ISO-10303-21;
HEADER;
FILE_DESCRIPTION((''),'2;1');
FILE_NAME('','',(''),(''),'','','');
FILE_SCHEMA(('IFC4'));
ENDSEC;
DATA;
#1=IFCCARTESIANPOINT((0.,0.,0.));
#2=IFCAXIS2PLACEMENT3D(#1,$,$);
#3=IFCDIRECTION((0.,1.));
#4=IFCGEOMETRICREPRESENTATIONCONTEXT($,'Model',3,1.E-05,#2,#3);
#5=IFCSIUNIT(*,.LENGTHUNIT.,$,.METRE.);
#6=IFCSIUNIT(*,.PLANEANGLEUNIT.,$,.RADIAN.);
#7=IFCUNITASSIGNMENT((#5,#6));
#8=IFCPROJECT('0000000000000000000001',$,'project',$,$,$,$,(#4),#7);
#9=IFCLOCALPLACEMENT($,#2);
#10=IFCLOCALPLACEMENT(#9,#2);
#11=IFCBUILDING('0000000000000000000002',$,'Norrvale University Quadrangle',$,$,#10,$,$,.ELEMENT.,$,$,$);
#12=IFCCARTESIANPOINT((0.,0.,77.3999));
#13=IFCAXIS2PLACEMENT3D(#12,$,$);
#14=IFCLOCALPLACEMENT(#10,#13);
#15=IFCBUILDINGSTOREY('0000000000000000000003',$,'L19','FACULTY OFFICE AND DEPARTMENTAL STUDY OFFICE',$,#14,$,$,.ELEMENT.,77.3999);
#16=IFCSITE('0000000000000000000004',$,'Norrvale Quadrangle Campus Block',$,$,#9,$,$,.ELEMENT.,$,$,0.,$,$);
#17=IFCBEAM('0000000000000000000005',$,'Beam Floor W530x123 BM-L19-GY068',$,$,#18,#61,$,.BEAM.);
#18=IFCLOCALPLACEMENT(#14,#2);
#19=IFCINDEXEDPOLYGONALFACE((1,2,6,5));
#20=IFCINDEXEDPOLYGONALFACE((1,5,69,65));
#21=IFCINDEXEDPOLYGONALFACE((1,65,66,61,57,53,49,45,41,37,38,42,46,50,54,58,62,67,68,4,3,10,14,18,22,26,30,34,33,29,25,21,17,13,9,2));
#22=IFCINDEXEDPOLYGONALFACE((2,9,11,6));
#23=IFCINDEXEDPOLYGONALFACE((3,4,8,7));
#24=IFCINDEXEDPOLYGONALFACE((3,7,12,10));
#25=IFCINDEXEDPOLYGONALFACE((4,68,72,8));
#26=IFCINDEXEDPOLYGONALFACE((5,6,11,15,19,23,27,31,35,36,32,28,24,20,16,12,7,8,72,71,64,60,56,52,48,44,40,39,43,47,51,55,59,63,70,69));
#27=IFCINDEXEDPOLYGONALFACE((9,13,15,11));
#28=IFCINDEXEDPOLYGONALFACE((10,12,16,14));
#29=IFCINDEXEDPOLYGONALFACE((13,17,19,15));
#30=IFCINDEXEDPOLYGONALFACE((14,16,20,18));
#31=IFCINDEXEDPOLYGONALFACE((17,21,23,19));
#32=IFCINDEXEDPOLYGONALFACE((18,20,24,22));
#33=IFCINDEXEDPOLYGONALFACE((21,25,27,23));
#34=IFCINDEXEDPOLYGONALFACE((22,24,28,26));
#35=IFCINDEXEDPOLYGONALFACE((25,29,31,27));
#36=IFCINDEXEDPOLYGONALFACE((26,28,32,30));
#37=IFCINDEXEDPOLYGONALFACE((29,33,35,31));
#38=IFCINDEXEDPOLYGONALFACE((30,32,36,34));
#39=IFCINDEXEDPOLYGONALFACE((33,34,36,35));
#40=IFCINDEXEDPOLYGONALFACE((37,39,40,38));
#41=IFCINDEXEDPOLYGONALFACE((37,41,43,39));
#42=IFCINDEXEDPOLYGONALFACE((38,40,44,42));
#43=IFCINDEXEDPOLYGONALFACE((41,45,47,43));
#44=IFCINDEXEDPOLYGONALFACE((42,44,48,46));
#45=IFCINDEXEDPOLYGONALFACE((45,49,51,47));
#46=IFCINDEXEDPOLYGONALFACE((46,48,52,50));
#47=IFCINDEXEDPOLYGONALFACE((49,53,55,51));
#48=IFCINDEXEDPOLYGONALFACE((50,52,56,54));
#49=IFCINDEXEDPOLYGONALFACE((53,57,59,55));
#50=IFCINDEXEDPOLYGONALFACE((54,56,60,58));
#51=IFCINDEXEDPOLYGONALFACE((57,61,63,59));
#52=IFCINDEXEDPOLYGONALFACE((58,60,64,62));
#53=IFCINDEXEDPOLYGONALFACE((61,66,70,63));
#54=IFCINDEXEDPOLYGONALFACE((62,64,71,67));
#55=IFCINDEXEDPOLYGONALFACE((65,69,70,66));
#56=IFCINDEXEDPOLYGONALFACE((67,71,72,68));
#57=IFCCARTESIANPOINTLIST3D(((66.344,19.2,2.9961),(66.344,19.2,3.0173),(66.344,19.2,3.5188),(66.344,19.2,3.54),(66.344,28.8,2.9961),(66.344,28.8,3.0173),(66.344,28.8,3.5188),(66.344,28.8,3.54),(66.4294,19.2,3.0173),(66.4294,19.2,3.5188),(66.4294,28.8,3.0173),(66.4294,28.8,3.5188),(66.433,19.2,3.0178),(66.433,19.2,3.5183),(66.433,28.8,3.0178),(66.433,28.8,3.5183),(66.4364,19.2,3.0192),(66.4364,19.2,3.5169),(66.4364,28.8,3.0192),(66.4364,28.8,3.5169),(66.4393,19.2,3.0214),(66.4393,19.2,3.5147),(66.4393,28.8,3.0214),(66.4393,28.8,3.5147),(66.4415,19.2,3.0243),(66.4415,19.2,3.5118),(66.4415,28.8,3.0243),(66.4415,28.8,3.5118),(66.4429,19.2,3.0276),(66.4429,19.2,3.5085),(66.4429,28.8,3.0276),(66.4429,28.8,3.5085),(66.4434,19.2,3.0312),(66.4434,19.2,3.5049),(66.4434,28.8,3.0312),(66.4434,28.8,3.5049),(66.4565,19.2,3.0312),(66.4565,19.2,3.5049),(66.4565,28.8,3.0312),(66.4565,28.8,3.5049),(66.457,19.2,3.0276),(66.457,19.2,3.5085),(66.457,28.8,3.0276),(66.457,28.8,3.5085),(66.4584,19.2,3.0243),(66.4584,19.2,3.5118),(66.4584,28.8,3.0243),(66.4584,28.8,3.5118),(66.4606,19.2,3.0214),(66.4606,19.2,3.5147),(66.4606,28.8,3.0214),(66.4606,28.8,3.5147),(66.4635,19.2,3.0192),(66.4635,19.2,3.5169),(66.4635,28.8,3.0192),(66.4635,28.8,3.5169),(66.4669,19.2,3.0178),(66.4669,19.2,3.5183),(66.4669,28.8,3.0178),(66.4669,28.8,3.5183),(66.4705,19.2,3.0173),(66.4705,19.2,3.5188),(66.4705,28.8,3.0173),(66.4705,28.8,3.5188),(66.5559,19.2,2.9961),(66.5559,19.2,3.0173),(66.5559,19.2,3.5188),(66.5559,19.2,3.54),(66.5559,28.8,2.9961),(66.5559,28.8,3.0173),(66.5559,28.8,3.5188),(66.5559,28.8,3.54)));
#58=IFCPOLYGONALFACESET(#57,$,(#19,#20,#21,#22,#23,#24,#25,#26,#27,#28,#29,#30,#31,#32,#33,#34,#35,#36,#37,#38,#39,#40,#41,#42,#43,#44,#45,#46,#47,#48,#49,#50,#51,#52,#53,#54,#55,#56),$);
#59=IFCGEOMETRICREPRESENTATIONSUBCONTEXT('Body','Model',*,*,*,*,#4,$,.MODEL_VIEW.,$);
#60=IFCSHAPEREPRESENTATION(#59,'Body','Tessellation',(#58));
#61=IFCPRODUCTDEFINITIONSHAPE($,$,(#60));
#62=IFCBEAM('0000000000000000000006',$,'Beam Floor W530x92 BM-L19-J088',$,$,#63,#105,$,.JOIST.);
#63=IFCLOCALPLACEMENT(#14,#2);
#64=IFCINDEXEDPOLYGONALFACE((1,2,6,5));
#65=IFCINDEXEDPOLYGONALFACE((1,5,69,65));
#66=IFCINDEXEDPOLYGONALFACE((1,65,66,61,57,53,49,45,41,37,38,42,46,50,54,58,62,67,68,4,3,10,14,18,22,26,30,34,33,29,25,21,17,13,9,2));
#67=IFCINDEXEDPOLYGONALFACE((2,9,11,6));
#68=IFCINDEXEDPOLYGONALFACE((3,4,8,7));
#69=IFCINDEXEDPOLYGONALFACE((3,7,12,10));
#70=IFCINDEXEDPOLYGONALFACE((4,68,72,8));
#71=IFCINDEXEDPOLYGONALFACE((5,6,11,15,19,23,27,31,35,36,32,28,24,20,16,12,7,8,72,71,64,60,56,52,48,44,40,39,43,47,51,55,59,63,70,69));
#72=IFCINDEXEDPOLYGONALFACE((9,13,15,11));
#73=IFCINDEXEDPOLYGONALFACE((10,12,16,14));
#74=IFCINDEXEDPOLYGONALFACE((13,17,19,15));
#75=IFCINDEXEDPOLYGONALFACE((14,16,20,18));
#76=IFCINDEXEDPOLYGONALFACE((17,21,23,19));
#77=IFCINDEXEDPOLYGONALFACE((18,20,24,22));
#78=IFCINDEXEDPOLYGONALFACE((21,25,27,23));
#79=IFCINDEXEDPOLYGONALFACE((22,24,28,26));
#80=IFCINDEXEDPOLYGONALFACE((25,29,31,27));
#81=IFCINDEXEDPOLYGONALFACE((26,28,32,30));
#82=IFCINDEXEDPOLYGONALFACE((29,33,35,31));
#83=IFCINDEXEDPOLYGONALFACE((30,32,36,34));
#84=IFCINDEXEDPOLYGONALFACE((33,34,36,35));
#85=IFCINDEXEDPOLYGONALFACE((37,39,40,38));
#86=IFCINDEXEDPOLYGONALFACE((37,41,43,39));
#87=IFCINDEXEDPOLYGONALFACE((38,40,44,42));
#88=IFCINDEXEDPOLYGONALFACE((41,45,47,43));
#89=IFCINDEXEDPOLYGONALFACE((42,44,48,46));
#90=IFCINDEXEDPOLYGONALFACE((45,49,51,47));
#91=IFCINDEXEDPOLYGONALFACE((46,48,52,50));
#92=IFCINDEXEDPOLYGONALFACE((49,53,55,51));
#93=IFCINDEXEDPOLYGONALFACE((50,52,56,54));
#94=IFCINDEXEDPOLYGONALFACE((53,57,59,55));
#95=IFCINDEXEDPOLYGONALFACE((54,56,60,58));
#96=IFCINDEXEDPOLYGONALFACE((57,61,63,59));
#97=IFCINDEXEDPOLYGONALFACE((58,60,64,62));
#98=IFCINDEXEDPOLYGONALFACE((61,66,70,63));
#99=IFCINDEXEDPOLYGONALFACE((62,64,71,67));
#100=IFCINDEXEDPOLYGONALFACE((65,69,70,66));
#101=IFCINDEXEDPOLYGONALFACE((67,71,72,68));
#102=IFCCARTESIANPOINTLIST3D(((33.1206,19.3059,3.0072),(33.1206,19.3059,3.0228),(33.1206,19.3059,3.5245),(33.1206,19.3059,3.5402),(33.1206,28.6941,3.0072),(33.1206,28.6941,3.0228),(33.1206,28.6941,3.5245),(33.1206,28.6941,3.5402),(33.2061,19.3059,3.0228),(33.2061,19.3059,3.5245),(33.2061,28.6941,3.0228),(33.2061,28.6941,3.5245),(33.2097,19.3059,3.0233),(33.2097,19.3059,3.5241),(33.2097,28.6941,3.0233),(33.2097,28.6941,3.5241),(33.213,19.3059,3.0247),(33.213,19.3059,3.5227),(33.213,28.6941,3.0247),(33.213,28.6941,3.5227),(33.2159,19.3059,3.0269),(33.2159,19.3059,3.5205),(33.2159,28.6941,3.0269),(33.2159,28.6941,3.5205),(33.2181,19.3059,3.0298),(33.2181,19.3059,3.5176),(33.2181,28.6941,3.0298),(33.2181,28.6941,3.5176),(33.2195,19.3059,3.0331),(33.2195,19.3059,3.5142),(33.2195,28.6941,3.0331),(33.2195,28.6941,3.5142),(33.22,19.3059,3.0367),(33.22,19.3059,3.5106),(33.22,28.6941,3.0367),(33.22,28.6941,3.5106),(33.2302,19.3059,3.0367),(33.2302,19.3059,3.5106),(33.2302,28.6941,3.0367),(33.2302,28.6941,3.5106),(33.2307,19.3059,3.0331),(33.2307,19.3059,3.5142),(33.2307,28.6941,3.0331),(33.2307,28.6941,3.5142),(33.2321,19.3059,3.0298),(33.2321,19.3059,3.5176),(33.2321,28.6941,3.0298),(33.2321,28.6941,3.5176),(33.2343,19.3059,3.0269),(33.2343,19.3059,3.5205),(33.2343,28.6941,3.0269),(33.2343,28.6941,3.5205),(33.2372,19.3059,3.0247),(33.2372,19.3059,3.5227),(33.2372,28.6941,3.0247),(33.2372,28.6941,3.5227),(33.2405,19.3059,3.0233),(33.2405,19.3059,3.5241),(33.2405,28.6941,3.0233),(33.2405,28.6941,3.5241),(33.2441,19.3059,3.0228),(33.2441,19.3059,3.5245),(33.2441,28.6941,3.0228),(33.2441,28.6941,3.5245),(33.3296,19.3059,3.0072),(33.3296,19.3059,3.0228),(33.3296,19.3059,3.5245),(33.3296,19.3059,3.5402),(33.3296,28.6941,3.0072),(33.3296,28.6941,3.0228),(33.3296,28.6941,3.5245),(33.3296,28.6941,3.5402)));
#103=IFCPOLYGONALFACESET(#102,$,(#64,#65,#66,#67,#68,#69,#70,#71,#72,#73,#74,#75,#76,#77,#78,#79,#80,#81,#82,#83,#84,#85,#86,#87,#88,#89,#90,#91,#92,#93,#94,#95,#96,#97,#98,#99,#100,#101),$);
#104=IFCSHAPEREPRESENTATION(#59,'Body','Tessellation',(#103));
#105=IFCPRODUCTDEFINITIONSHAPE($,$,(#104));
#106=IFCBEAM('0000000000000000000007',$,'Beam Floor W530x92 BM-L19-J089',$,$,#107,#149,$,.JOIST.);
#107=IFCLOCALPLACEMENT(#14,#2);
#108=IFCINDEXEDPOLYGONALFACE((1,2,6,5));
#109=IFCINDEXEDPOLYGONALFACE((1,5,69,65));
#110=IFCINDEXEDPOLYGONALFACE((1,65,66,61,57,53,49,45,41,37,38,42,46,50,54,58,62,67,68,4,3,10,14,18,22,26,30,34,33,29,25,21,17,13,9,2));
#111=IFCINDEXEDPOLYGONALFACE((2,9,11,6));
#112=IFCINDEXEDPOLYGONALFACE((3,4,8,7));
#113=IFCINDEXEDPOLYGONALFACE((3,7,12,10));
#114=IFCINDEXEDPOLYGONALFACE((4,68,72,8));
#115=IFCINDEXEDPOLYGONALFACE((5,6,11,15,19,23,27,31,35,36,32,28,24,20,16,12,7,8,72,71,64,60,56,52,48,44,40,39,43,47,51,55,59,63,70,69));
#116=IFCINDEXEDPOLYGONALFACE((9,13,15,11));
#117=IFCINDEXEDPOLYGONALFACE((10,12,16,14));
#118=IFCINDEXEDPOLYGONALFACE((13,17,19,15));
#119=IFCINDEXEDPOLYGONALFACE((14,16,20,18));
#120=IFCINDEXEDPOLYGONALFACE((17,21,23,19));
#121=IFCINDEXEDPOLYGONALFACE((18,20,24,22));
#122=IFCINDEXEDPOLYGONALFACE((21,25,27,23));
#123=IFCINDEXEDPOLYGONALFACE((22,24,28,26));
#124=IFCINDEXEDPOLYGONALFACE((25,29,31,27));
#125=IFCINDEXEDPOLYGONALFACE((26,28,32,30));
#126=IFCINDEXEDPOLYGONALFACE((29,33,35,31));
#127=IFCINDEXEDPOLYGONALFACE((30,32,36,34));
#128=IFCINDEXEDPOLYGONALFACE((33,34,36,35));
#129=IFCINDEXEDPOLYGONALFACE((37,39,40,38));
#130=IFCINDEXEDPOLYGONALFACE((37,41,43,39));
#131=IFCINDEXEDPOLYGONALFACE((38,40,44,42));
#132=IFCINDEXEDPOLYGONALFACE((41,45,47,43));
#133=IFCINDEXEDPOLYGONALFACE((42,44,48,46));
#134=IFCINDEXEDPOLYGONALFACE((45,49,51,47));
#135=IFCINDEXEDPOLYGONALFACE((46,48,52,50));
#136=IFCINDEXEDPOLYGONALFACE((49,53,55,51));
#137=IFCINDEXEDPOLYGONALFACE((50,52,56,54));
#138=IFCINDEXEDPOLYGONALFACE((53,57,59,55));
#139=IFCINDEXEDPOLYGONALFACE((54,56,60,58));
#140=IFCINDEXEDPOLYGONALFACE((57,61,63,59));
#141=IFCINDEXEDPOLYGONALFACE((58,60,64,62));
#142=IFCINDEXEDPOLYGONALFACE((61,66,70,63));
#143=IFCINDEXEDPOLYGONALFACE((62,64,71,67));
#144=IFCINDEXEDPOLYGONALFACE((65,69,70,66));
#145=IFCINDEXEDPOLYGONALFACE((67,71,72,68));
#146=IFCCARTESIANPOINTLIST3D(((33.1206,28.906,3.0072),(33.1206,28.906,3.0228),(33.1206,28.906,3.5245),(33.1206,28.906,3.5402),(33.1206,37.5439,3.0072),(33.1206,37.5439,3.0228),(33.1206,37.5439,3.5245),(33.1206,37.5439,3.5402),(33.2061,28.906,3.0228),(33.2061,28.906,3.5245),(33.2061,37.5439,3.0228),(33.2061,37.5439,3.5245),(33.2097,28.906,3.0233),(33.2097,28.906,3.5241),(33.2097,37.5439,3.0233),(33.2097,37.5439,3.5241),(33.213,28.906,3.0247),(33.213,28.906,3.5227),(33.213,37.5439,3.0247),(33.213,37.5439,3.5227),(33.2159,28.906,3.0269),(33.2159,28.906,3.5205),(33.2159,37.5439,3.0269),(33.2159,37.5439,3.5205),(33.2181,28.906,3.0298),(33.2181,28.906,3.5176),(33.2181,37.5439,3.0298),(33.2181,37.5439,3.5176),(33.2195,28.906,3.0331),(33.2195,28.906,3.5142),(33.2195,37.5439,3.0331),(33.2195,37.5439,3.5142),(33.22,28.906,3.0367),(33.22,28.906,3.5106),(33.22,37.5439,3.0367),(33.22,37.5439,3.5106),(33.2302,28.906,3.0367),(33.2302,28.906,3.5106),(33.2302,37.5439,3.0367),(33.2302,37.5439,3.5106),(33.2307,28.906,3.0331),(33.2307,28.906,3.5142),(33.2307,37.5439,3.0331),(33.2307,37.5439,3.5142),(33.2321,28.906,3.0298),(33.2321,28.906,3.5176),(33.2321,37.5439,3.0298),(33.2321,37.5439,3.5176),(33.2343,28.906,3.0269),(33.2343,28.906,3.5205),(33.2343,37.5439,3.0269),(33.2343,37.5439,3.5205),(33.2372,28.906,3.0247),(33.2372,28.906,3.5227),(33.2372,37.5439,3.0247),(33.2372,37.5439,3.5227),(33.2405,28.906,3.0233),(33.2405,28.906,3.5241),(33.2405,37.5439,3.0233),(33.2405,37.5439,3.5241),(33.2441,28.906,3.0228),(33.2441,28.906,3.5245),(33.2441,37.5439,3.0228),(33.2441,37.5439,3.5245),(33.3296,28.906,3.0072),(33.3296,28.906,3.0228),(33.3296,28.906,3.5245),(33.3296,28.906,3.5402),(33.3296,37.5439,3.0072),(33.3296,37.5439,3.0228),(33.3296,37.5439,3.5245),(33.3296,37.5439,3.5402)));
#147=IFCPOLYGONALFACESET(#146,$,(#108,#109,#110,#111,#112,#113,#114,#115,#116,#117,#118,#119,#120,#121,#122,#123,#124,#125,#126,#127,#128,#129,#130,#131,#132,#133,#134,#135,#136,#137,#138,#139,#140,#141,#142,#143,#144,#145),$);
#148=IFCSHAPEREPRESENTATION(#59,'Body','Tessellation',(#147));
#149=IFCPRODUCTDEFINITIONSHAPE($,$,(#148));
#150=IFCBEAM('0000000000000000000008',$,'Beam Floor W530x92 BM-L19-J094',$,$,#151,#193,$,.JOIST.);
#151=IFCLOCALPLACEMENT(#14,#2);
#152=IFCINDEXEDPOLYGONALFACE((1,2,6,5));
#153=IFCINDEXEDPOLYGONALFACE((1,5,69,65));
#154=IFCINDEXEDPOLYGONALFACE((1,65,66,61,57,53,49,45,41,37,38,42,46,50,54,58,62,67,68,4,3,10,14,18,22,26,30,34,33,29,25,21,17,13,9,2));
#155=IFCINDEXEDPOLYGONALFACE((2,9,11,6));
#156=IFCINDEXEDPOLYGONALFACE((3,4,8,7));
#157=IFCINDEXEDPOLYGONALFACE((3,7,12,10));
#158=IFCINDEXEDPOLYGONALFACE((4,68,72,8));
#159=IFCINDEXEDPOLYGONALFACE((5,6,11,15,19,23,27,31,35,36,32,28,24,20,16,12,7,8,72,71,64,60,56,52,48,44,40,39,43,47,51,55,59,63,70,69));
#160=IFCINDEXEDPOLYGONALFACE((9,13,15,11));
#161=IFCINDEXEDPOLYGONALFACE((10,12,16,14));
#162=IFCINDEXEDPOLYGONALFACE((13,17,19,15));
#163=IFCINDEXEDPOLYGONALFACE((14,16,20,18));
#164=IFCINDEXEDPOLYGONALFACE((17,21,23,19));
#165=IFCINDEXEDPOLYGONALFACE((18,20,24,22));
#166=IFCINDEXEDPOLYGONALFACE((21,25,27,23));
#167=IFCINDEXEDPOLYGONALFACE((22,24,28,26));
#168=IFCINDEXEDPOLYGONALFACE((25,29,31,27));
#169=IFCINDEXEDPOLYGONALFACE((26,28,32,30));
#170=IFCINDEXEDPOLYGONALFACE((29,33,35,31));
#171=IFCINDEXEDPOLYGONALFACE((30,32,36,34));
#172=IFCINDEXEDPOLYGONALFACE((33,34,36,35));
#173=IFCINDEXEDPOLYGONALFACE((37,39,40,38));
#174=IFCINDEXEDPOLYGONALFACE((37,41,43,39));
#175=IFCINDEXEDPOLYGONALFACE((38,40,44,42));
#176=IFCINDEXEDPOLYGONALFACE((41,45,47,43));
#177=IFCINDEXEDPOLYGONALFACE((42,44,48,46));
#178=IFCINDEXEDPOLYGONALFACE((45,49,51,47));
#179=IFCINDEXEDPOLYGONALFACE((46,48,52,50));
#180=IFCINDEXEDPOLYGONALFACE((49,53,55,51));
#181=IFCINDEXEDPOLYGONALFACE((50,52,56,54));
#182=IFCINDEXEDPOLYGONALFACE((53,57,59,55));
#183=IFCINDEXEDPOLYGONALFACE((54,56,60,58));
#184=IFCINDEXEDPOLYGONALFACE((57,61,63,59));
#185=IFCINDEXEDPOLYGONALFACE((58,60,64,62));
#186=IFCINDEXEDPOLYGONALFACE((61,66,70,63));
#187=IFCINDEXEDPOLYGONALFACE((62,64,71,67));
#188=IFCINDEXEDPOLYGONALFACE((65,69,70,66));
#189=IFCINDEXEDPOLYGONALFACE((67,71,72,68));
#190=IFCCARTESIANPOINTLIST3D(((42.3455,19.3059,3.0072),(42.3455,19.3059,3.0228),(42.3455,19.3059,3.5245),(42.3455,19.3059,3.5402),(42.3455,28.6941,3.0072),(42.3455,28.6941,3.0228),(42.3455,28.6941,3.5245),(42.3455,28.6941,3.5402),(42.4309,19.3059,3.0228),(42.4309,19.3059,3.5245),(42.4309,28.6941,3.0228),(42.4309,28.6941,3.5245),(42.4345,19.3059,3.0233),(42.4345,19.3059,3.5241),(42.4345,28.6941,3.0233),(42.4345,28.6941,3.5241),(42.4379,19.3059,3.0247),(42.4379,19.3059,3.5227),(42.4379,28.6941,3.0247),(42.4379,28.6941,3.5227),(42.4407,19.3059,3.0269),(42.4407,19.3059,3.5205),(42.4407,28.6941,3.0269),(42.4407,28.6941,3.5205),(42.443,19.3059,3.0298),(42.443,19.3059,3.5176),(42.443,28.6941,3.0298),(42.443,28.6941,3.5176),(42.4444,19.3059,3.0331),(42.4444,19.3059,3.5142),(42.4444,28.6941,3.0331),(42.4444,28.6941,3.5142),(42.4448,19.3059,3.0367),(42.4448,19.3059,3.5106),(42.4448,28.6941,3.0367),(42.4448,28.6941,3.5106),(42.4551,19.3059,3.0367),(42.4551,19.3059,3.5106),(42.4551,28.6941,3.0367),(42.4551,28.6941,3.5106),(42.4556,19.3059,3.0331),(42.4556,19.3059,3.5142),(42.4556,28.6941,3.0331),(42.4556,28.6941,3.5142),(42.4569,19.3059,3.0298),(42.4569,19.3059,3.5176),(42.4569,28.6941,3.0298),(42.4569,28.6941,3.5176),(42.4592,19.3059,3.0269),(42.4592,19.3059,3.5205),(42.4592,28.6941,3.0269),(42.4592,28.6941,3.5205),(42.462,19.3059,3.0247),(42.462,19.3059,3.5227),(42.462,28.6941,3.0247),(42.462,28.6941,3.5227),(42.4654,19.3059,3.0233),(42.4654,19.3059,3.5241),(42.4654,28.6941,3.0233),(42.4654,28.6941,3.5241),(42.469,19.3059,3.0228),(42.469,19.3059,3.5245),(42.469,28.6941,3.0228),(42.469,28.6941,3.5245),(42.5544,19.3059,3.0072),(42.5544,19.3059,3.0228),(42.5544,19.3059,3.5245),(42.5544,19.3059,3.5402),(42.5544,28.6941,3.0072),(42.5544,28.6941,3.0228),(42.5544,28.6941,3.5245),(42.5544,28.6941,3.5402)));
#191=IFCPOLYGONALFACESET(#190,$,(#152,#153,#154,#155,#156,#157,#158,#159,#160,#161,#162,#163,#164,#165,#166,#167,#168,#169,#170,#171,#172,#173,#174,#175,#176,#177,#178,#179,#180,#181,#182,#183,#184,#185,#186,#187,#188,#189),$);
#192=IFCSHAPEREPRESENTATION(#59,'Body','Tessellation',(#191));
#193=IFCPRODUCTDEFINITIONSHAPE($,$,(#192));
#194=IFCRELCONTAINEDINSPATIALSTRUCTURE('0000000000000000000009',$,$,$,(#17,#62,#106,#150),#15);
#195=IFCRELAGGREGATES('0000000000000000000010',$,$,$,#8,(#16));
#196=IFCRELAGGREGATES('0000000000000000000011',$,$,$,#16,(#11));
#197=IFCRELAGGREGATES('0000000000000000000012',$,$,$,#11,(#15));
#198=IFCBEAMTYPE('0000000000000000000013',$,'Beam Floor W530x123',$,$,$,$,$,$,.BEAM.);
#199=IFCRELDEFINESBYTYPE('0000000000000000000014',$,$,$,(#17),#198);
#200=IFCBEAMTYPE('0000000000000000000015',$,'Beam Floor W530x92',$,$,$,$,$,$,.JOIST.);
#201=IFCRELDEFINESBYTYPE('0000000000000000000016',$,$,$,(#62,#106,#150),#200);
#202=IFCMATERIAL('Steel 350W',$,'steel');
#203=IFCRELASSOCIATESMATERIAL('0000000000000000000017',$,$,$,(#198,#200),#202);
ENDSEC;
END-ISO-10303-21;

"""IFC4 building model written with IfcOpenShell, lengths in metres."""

from ifc_helpers import new_model, si_unit, direction, frame, origin, origin_2d, place, context, subcontext, project, spatial, i_section, extrude, material, material_profile, profile_set, type_object, element, save


model = new_model("IFC4")

# Units and contexts
model_context = context("Model", 3, precision=1e-05, world=origin(), true_north=direction((0.0, 1.0)))
body_context = subcontext(model_context, "Body", "Model", "MODEL_VIEW")
ifc_project = project(units=[si_unit("LENGTHUNIT", "METRE"), si_unit("PLANEANGLEUNIT", "RADIAN")], contexts=[model_context])

# Site, building, storey
site_placement = place(None, origin())
site = spatial("IfcSite", under=ifc_project, at=site_placement, Name="Norrvale Quadrangle Campus Block", CompositionType="ELEMENT", RefElevation=0.0)
building_placement = place(site_placement, origin())
building = spatial("IfcBuilding", under=site, at=building_placement, Name="Norrvale University Quadrangle", CompositionType="ELEMENT")
storey_placement = place(building_placement, frame((0.0, 0.0, 77.3999)))
storey = spatial("IfcBuildingStorey", under=building, at=storey_placement, Name="L19", Description="FACULTY OFFICE AND DEPARTMENTAL STUDY OFFICE", CompositionType="ELEMENT", Elevation=77.3999)

# Beams
ifc_material_1 = material(Name="Steel 350W", Category="steel")
ifc_material_profile_1 = material_profile(ifc_material_1, i_section(OverallWidth=0.2119, OverallDepth=0.5439, WebThickness=0.0132, FlangeThickness=0.0212, FilletRadius=0.0139, at=origin_2d()), Name="Steel 350W")
ifc_profile_set_1 = profile_set([ifc_material_profile_1], Name="Steel 350W")
beam_type_1 = type_object("IfcBeamType", Name="Beam Floor W530x123", PredefinedType="BEAM", material=ifc_profile_set_1)
beam_1_placement = place(storey_placement, frame((66.45, 19.2, 3.2681), z_axis=(0.0, 1.0, 0.0), x_axis=(-1.0, 0.0, 0.0)))
element("IfcBeam", 1, at=beam_1_placement, inside=storey, type_object=beam_type_1, Name="Beam Floor W530x123 BM-L19-GY068", PredefinedType="BEAM", context=body_context, shape_type="SweptSolid", body=[
    extrude(i_section(OverallWidth=0.2119, OverallDepth=0.5439, WebThickness=0.0132, FlangeThickness=0.0212, FilletRadius=0.0139, at=origin_2d()), origin(), (0.0, 0.0, 1.0), 9.6001),
])
ifc_material_profile_2 = material_profile(ifc_material_1, i_section(OverallWidth=0.209, OverallDepth=0.533, WebThickness=0.0103, FlangeThickness=0.0156, FilletRadius=0.0139, at=origin_2d()), Name="Steel 350W")
ifc_profile_set_2 = profile_set([ifc_material_profile_2], Name="Steel 350W")
beam_type_2 = type_object("IfcBeamType", Name="Beam Floor W530x92", PredefinedType="JOIST", material=ifc_profile_set_2)
beam_2_placement = place(storey_placement, frame((33.2251, 19.3059, 3.2737), z_axis=(0.0, 1.0, 0.0), x_axis=(-1.0, 0.0, 0.0)))
element("IfcBeam", 2, at=beam_2_placement, inside=storey, type_object=beam_type_2, Name="Beam Floor W530x92 BM-L19-J088", PredefinedType="JOIST", context=body_context, shape_type="SweptSolid", body=[
    extrude(i_section(OverallWidth=0.209, OverallDepth=0.533, WebThickness=0.0103, FlangeThickness=0.0156, FilletRadius=0.0139, at=origin_2d()), origin(), (0.0, 0.0, 1.0), 9.3882),
])
beam_3_placement = place(storey_placement, frame((33.2251, 28.906, 3.2737), z_axis=(0.0, 1.0, 0.0), x_axis=(-1.0, 0.0, 0.0)))
element("IfcBeam", 3, at=beam_3_placement, inside=storey, type_object=beam_type_2, Name="Beam Floor W530x92 BM-L19-J089", PredefinedType="JOIST", context=body_context, shape_type="SweptSolid", body=[
    extrude(i_section(OverallWidth=0.209, OverallDepth=0.533, WebThickness=0.0103, FlangeThickness=0.0156, FilletRadius=0.0139, at=origin_2d()), origin(), (0.0, 0.0, 1.0), 8.6379),
])
beam_4_placement = place(storey_placement, frame((42.45, 19.3059, 3.2737), z_axis=(0.0, 1.0, 0.0), x_axis=(-1.0, 0.0, 0.0)))
element("IfcBeam", 4, at=beam_4_placement, inside=storey, type_object=beam_type_2, Name="Beam Floor W530x92 BM-L19-J094", PredefinedType="JOIST", context=body_context, shape_type="SweptSolid", body=[
    extrude(i_section(OverallWidth=0.209, OverallDepth=0.533, WebThickness=0.0103, FlangeThickness=0.0156, FilletRadius=0.0139, at=origin_2d()), origin(), (0.0, 0.0, 1.0), 9.3882),
])

save(model, "model.ifc")
